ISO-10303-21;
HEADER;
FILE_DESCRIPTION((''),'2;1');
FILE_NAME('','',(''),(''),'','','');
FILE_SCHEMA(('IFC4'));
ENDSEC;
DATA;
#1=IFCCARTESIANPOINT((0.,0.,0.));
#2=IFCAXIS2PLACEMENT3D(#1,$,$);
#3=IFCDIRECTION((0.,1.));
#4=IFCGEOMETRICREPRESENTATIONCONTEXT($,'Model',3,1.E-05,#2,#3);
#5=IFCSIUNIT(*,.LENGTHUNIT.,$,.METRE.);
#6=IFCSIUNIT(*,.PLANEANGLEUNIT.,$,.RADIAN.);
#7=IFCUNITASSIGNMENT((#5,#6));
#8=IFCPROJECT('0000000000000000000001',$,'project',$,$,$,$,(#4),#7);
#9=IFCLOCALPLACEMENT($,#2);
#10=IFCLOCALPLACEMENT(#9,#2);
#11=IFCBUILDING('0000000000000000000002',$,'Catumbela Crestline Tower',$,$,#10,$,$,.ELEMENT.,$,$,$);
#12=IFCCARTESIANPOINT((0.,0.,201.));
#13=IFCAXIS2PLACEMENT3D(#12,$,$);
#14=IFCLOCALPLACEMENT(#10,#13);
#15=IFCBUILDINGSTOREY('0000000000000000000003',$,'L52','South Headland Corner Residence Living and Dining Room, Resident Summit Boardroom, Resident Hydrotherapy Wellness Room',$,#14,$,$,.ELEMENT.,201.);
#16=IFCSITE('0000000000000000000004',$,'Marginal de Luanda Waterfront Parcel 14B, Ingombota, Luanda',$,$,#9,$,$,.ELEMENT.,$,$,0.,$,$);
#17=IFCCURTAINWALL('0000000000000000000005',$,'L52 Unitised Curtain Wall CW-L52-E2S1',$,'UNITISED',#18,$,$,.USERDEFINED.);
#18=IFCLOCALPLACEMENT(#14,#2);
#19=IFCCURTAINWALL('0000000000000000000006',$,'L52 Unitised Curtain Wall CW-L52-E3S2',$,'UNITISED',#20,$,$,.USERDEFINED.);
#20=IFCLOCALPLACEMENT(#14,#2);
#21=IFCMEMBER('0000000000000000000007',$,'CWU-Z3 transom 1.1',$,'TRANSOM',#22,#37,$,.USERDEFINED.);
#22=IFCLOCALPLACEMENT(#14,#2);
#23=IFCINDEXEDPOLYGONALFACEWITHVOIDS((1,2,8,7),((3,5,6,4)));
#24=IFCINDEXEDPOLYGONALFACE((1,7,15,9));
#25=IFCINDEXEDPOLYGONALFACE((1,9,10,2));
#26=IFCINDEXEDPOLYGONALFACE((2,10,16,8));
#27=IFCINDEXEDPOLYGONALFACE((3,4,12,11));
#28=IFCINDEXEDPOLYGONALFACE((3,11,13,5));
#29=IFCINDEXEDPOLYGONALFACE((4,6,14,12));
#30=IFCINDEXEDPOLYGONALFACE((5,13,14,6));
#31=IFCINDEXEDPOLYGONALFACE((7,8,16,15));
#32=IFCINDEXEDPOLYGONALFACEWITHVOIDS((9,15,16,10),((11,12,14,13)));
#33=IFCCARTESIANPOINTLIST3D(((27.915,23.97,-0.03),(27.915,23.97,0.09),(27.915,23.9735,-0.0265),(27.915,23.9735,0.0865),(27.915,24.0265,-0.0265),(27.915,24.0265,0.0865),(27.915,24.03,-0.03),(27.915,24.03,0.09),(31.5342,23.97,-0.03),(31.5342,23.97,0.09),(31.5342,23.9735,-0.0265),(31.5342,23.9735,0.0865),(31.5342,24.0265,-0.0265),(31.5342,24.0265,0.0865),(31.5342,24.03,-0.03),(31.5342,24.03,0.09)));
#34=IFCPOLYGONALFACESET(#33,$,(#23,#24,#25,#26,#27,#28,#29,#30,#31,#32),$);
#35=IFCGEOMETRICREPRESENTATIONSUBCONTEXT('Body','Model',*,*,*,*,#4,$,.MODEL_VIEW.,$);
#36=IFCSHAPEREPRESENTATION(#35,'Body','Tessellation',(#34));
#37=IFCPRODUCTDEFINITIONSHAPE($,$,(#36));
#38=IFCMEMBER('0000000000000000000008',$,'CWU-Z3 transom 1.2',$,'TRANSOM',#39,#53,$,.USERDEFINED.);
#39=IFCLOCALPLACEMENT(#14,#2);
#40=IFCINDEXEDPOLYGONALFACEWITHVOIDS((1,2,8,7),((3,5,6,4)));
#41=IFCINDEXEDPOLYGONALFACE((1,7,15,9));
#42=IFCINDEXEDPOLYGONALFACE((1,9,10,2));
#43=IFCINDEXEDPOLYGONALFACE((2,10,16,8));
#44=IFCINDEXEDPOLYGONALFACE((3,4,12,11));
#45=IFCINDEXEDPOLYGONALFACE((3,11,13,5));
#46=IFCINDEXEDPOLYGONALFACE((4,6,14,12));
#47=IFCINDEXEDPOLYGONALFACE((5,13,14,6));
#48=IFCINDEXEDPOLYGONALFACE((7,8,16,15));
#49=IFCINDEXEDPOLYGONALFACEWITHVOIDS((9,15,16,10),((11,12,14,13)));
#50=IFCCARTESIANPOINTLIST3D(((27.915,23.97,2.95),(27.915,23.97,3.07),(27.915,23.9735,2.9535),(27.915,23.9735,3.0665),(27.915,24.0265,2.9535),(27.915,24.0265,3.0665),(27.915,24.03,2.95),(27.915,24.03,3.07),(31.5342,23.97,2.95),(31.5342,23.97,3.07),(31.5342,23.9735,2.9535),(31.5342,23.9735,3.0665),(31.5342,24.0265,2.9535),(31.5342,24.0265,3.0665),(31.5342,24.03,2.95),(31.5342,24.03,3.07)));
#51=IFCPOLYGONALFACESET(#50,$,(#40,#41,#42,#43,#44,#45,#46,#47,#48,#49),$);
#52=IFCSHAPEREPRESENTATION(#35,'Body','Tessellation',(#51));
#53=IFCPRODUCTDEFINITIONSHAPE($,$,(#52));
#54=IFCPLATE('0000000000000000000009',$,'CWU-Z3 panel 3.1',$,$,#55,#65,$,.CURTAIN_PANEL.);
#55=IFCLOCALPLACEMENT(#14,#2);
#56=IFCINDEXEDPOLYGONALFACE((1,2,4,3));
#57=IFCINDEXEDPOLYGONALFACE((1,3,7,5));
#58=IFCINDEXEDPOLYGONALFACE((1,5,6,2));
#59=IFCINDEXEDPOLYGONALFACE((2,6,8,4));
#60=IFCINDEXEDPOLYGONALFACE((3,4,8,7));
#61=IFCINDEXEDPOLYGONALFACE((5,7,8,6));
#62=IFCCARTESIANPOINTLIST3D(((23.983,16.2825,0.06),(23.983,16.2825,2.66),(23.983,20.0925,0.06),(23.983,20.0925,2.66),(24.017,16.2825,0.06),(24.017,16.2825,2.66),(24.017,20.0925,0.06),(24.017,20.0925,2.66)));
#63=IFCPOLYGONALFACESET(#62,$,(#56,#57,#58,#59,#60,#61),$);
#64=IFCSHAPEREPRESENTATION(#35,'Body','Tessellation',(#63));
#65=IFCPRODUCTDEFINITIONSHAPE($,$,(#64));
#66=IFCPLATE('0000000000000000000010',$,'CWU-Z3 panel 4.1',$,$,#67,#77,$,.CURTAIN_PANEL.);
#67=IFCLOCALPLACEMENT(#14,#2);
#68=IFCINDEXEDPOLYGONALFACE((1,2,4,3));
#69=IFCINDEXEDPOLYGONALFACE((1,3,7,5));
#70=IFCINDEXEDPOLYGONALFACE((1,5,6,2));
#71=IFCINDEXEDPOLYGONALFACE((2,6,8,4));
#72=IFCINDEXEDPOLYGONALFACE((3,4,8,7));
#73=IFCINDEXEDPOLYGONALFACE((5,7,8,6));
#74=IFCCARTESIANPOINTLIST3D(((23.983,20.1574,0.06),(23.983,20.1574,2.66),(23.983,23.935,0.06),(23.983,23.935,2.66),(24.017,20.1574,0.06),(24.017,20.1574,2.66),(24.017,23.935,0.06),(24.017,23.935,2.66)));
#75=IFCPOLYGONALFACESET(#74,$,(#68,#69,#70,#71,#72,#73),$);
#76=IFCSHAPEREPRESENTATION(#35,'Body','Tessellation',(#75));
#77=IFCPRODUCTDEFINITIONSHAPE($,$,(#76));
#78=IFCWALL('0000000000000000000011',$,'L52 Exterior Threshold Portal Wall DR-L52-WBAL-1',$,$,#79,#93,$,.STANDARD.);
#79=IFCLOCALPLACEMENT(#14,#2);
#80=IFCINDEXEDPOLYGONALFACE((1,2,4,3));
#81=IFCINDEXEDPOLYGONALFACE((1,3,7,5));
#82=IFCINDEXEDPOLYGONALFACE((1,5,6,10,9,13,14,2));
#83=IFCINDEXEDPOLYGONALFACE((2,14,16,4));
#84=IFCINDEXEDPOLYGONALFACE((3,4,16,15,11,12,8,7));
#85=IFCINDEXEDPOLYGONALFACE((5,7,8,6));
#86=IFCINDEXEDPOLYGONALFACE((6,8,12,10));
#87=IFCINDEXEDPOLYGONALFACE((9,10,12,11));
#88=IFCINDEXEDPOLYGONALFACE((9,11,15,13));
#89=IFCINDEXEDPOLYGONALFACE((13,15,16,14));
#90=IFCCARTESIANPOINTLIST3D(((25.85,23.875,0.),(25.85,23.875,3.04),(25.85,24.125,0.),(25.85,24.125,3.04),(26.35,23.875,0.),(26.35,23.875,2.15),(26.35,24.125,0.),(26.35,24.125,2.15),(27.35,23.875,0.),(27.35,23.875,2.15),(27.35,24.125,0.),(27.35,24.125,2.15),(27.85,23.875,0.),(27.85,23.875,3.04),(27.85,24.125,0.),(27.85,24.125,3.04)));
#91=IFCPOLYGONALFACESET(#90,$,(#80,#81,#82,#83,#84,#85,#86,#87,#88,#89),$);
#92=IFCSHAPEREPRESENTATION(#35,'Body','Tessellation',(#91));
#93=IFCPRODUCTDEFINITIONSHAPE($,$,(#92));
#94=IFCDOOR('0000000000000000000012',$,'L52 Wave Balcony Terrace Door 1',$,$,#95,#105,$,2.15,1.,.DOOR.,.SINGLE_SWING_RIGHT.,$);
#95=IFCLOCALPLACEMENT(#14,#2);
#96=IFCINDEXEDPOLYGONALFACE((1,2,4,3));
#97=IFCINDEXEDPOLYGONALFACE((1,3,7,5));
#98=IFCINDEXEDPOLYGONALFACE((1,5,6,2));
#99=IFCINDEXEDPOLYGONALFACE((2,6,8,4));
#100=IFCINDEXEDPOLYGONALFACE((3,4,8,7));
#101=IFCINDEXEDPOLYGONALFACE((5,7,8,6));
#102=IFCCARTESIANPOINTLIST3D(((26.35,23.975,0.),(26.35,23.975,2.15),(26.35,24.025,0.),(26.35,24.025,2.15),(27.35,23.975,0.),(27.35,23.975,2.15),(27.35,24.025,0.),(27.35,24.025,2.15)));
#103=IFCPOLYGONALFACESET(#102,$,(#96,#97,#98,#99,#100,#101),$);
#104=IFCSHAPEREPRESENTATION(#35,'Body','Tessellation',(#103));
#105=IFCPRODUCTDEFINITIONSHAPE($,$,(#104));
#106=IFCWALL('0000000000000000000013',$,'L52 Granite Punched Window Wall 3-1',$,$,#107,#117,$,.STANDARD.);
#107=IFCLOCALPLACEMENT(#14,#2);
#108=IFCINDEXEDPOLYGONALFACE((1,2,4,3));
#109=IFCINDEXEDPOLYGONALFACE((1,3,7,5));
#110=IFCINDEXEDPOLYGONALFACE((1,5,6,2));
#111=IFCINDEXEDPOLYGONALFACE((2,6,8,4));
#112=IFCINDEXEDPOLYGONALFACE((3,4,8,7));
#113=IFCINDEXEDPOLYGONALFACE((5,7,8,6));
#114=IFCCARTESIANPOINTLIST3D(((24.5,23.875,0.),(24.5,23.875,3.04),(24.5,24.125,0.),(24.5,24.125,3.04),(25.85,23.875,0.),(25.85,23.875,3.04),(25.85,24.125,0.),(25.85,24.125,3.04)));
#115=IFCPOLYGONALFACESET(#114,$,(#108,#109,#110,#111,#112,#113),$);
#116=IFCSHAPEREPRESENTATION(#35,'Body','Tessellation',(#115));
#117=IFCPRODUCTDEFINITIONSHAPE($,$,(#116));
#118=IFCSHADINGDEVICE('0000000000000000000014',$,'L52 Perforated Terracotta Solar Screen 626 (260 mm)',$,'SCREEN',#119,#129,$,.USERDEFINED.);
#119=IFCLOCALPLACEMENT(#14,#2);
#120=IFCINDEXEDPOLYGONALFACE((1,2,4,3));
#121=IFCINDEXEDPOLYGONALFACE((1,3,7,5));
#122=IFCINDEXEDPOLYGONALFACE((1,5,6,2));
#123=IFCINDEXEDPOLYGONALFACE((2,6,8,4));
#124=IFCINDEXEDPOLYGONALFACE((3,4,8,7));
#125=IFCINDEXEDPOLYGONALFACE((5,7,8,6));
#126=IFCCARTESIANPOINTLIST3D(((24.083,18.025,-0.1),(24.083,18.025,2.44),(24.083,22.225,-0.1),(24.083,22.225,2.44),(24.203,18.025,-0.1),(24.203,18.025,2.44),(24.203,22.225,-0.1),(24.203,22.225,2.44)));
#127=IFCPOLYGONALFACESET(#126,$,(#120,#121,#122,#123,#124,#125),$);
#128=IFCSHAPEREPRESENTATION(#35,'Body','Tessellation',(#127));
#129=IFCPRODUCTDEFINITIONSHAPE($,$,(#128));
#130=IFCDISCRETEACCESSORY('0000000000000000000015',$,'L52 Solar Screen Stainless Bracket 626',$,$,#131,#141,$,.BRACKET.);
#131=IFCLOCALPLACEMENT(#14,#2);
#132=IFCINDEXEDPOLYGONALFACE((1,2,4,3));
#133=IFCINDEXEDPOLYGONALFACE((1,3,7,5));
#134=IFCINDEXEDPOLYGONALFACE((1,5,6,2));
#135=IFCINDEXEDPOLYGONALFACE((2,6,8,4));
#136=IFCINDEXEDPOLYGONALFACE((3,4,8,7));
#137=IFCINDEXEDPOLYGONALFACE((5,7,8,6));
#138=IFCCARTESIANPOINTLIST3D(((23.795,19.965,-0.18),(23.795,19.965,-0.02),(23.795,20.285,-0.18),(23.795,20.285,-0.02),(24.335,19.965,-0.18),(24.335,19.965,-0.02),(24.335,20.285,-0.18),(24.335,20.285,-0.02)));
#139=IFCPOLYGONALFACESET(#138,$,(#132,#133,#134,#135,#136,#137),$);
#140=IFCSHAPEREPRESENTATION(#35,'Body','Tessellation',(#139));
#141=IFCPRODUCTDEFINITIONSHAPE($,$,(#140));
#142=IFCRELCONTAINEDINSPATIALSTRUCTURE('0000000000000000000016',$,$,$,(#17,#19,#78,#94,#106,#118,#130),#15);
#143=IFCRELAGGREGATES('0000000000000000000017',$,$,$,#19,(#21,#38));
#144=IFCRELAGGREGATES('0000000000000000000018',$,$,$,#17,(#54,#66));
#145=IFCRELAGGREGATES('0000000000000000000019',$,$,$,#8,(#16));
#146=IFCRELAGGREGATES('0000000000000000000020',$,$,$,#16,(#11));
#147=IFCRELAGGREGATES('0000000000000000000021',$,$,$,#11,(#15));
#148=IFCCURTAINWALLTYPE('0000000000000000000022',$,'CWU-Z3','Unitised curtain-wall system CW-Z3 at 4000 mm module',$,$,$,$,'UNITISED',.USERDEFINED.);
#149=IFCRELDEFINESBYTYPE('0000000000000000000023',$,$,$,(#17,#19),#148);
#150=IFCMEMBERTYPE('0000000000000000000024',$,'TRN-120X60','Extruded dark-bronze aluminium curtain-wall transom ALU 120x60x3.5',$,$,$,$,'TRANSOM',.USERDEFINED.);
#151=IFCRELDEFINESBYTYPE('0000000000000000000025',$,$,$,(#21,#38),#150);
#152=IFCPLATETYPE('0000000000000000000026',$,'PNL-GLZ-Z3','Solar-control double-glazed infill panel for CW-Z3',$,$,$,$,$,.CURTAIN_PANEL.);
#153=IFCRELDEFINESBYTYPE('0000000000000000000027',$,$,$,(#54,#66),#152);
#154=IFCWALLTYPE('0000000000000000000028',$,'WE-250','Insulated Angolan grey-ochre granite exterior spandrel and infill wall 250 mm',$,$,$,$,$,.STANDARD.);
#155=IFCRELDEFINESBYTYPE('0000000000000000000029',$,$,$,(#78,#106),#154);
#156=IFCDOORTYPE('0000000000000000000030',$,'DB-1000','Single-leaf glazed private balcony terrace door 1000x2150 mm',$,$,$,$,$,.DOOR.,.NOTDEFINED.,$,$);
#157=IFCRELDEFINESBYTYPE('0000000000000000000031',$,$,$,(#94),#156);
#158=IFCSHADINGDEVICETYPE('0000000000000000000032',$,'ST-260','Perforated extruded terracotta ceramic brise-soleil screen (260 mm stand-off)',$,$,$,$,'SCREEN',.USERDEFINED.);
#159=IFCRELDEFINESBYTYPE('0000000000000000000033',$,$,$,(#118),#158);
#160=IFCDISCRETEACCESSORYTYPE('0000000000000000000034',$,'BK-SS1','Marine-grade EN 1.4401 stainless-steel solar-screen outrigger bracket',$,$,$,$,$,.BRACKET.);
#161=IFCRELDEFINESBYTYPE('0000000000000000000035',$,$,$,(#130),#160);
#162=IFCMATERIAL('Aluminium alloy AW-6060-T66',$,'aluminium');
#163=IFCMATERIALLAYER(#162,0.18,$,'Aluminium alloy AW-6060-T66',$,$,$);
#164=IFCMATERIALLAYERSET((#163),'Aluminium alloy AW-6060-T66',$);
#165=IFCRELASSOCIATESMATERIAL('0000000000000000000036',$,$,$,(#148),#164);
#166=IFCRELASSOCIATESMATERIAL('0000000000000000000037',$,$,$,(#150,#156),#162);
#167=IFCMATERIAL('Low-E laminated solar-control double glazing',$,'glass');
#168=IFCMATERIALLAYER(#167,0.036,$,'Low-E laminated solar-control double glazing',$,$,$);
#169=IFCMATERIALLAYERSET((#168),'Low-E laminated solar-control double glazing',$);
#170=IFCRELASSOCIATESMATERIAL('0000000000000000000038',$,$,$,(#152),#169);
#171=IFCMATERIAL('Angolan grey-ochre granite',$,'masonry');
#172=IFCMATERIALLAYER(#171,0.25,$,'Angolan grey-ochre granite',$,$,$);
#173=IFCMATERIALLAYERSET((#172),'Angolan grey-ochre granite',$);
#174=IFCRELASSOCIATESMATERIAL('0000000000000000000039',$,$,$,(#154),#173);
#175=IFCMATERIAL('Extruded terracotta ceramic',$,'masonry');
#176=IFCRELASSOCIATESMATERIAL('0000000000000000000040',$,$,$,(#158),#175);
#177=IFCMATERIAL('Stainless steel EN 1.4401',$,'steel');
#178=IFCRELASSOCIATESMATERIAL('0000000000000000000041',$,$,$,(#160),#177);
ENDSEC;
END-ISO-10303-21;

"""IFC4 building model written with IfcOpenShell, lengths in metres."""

from ifc_helpers import new_model, si_unit, direction, frame, frame_2d, origin, origin_2d, place, context, subcontext, project, spatial, rectangle, hollow_rectangle, extrude, material, layer, layer_set, material_profile, profile_set, type_object, element, fill, aggregate, save


model = new_model("IFC4")

# Units and contexts
model_context = context("Model", 3, precision=1e-05, world=origin(), true_north=direction((0.0, 1.0)))
body_context = subcontext(model_context, "Body", "Model", "MODEL_VIEW")
ifc_project = project(units=[si_unit("LENGTHUNIT", "METRE"), si_unit("PLANEANGLEUNIT", "RADIAN")], contexts=[model_context])

# Site, building, storey
site_placement = place(None, origin())
site = spatial("IfcSite", under=ifc_project, at=site_placement, Name="Marginal de Luanda Waterfront Parcel 14B, Ingombota, Luanda", CompositionType="ELEMENT", RefElevation=0.0)
building_placement = place(site_placement, origin())
building = spatial("IfcBuilding", under=site, at=building_placement, Name="Catumbela Crestline Tower", CompositionType="ELEMENT")
storey_placement = place(building_placement, frame((0.0, 0.0, 201.0)))
storey = spatial("IfcBuildingStorey", under=building, at=storey_placement, Name="L52", Description="South Headland Corner Residence Living and Dining Room, Resident Summit Boardroom, Resident Hydrotherapy Wellness Room", CompositionType="ELEMENT", Elevation=201.0)

# Curtain wall
ifc_material_1 = material(Name="Aluminium alloy AW-6060-T66", Category="aluminium")
ifc_layer_1 = layer(ifc_material_1, 0.18, Name="Aluminium alloy AW-6060-T66")
ifc_layer_set_1 = layer_set([ifc_layer_1], Name="Aluminium alloy AW-6060-T66")
curtain_wall_type = type_object("IfcCurtainWallType", Name="CWU-Z3", Description="Unitised curtain-wall system CW-Z3 at 4000 mm module", ElementType="UNITISED", PredefinedType="USERDEFINED", material=ifc_layer_set_1)
curtain_wall_1_placement = place(storey_placement, origin())
curtain_wall_1 = element("IfcCurtainWall", 1, at=curtain_wall_1_placement, inside=storey, type_object=curtain_wall_type, Name="L52 Unitised Curtain Wall CW-L52-E2S1", ObjectType="UNITISED", PredefinedType="USERDEFINED")

# Curtain wall
curtain_wall_2_placement = place(storey_placement, origin())
curtain_wall_2 = element("IfcCurtainWall", 2, at=curtain_wall_2_placement, inside=storey, type_object=curtain_wall_type, Name="L52 Unitised Curtain Wall CW-L52-E3S2", ObjectType="UNITISED", PredefinedType="USERDEFINED")

# Members
ifc_material_profile_1 = material_profile(ifc_material_1, hollow_rectangle(XDim=0.06, YDim=0.12, WallThickness=0.0035, at=origin_2d()), Name="ALU 120x60x3.5")
ifc_profile_set_1 = profile_set([ifc_material_profile_1], Name="Aluminium alloy AW-6060-T66")
member_type_1 = type_object("IfcMemberType", Name="TRN-120X60", Description="Extruded dark-bronze aluminium curtain-wall transom ALU 120x60x3.5", ElementType="TRANSOM", PredefinedType="USERDEFINED", material=ifc_profile_set_1)
member_1_placement = place(storey_placement, frame((27.915, 24.0, 0.03), z_axis=(1.0, 0.0, 0.0), x_axis=(0.0, 1.0, 0.0)))
member_1 = element("IfcMember", 3, at=member_1_placement, type_object=member_type_1, Name="CWU-Z3 transom 1.1", ObjectType="TRANSOM", PredefinedType="USERDEFINED", context=body_context, shape_type="SweptSolid", body=[
    extrude(hollow_rectangle(XDim=0.06, YDim=0.12, WallThickness=0.0035, at=origin_2d()), origin(), (0.0, 0.0, 1.0), 3.6192),
])
member_2_placement = place(storey_placement, frame((27.915, 24.0, 3.01), z_axis=(1.0, 0.0, 0.0), x_axis=(0.0, 1.0, 0.0)))
member_2 = element("IfcMember", 4, at=member_2_placement, type_object=member_type_1, Name="CWU-Z3 transom 1.2", ObjectType="TRANSOM", PredefinedType="USERDEFINED", context=body_context, shape_type="SweptSolid", body=[
    extrude(hollow_rectangle(XDim=0.06, YDim=0.12, WallThickness=0.0035, at=origin_2d()), origin(), (0.0, 0.0, 1.0), 3.6192),
])
aggregate(curtain_wall_2, [member_1, member_2])

# Plates
ifc_material_2 = material(Name="Low-E laminated solar-control double glazing", Category="glass")
ifc_layer_2 = layer(ifc_material_2, 0.036, Name="Low-E laminated solar-control double glazing")
ifc_layer_set_2 = layer_set([ifc_layer_2], Name="Low-E laminated solar-control double glazing")
plate_type = type_object("IfcPlateType", Name="PNL-GLZ-Z3", Description="Solar-control double-glazed infill panel for CW-Z3", PredefinedType="CURTAIN_PANEL", material=ifc_layer_set_2)
plate_1_placement = place(storey_placement, frame((24.0, 18.1875, 0.06), z_axis=(0.0, 0.0, 1.0), x_axis=(0.0, 1.0, 0.0)))
plate_1 = element("IfcPlate", 5, at=plate_1_placement, type_object=plate_type, Name="CWU-Z3 panel 3.1", PredefinedType="CURTAIN_PANEL", context=body_context, shape_type="SweptSolid", body=[
    extrude(rectangle(XDim=3.81, YDim=0.034, at=origin_2d()), origin(), (0.0, 0.0, 1.0), 2.6),
])
plate_2_placement = place(storey_placement, frame((24.0, 22.0462, 0.06), z_axis=(0.0, 0.0, 1.0), x_axis=(0.0, 1.0, 0.0)))
plate_2 = element("IfcPlate", 6, at=plate_2_placement, type_object=plate_type, Name="CWU-Z3 panel 4.1", PredefinedType="CURTAIN_PANEL", context=body_context, shape_type="SweptSolid", body=[
    extrude(rectangle(XDim=3.7775, YDim=0.034, at=origin_2d()), origin(), (0.0, 0.0, 1.0), 2.6),
])
aggregate(curtain_wall_1, [plate_1, plate_2])

# Wall, opening, door
ifc_material_3 = material(Name="Angolan grey-ochre granite", Category="masonry")
ifc_layer_3 = layer(ifc_material_3, 0.25, Name="Angolan grey-ochre granite")
ifc_layer_set_3 = layer_set([ifc_layer_3], Name="Angolan grey-ochre granite")
wall_type = type_object("IfcWallType", Name="WE-250", Description="Insulated Angolan grey-ochre granite exterior spandrel and infill wall 250 mm", PredefinedType="STANDARD", material=ifc_layer_set_3)
wall_1_placement = place(storey_placement, frame((25.85, 24.0, 0.0), z_axis=(0.0, 0.0, 1.0), x_axis=(1.0, 0.0, 0.0)))
wall_1 = element("IfcWall", 7, at=wall_1_placement, inside=storey, type_object=wall_type, Name="L52 Exterior Threshold Portal Wall DR-L52-WBAL-1", PredefinedType="STANDARD", context=body_context, shape_type="SweptSolid", body=[
    extrude(rectangle(XDim=2.0, YDim=0.25, at=frame_2d((1.0, 0.0))), origin(), (0.0, 0.0, 1.0), 3.04),
])
opening_placement = place(wall_1_placement, frame((0.5, 0.0, 0.0)))
opening = element("IfcOpeningElement", 8, at=opening_placement, cuts=wall_1, PredefinedType="OPENING", context=body_context, shape_type="SweptSolid", body=[
    extrude(rectangle(XDim=1.0, YDim=2.15, at=frame_2d((0.5, 1.075))), frame((0.0, 0.135, 0.0), z_axis=(0.0, -1.0, 0.0), x_axis=(1.0, 0.0, 0.0)), (0.0, 0.0, 1.0), 0.27),
])
door_type = type_object("IfcDoorType", Name="DB-1000", Description="Single-leaf glazed private balcony terrace door 1000x2150 mm", OperationType="NOTDEFINED", PredefinedType="DOOR", material=ifc_material_1)
door_placement = place(opening_placement, origin())
door = element("IfcDoor", 9, at=door_placement, inside=storey, type_object=door_type, Name="L52 Wave Balcony Terrace Door 1", OperationType="SINGLE_SWING_RIGHT", OverallHeight=2.15, OverallWidth=1.0, PredefinedType="DOOR", context=body_context, shape_type="SweptSolid", body=[
    extrude(rectangle(XDim=1.0, YDim=2.15, at=frame_2d((0.5, 1.075))), frame((0.0, 0.025, 0.0), z_axis=(0.0, -1.0, 0.0), x_axis=(1.0, 0.0, 0.0)), (0.0, 0.0, 1.0), 0.05),
])
fill(opening, door)

# Wall
wall_2_placement = place(storey_placement, frame((24.5, 24.0, 0.0), z_axis=(0.0, 0.0, 1.0), x_axis=(1.0, 0.0, 0.0)))
element("IfcWall", 10, at=wall_2_placement, inside=storey, type_object=wall_type, Name="L52 Granite Punched Window Wall 3-1", PredefinedType="STANDARD", context=body_context, shape_type="SweptSolid", body=[
    extrude(rectangle(XDim=1.35, YDim=0.25, at=frame_2d((0.675, 0.0))), origin(), (0.0, 0.0, 1.0), 3.04),
])

# Shared definitions
ifc_material_4 = material(Name="Stainless steel EN 1.4401", Category="steel")

# Shading device
ifc_material_5 = material(Name="Extruded terracotta ceramic", Category="masonry")
shading_device_type = type_object("IfcShadingDeviceType", Name="ST-260", Description="Perforated extruded terracotta ceramic brise-soleil screen (260 mm stand-off)", ElementType="SCREEN", PredefinedType="USERDEFINED", material=ifc_material_5)
shading_device_placement = place(storey_placement, frame((24.143, 20.125, -0.1), z_axis=(0.0, 0.0, 1.0), x_axis=(0.0, 1.0, 0.0)))
element("IfcShadingDevice", 11, at=shading_device_placement, inside=storey, type_object=shading_device_type, Name="L52 Perforated Terracotta Solar Screen 626 (260 mm)", ObjectType="SCREEN", PredefinedType="USERDEFINED", context=body_context, shape_type="SweptSolid", body=[
    extrude(rectangle(XDim=4.2, YDim=0.12, at=origin_2d()), origin(), (0.0, 0.0, 1.0), 2.54),
])

# Discrete accessory
discrete_accessory_type = type_object("IfcDiscreteAccessoryType", Name="BK-SS1", Description="Marine-grade EN 1.4401 stainless-steel solar-screen outrigger bracket", PredefinedType="BRACKET", material=ifc_material_4)
discrete_accessory_placement = place(storey_placement, frame((24.065, 20.125, -0.18), z_axis=(0.0, 0.0, 1.0), x_axis=(0.0, 1.0, 0.0)))
element("IfcDiscreteAccessory", 12, at=discrete_accessory_placement, inside=storey, type_object=discrete_accessory_type, Name="L52 Solar Screen Stainless Bracket 626", PredefinedType="BRACKET", context=body_context, shape_type="SweptSolid", body=[
    extrude(rectangle(XDim=0.32, YDim=0.54, at=origin_2d()), origin(), (0.0, 0.0, 1.0), 0.16),
])

save(model, "model.ifc")
